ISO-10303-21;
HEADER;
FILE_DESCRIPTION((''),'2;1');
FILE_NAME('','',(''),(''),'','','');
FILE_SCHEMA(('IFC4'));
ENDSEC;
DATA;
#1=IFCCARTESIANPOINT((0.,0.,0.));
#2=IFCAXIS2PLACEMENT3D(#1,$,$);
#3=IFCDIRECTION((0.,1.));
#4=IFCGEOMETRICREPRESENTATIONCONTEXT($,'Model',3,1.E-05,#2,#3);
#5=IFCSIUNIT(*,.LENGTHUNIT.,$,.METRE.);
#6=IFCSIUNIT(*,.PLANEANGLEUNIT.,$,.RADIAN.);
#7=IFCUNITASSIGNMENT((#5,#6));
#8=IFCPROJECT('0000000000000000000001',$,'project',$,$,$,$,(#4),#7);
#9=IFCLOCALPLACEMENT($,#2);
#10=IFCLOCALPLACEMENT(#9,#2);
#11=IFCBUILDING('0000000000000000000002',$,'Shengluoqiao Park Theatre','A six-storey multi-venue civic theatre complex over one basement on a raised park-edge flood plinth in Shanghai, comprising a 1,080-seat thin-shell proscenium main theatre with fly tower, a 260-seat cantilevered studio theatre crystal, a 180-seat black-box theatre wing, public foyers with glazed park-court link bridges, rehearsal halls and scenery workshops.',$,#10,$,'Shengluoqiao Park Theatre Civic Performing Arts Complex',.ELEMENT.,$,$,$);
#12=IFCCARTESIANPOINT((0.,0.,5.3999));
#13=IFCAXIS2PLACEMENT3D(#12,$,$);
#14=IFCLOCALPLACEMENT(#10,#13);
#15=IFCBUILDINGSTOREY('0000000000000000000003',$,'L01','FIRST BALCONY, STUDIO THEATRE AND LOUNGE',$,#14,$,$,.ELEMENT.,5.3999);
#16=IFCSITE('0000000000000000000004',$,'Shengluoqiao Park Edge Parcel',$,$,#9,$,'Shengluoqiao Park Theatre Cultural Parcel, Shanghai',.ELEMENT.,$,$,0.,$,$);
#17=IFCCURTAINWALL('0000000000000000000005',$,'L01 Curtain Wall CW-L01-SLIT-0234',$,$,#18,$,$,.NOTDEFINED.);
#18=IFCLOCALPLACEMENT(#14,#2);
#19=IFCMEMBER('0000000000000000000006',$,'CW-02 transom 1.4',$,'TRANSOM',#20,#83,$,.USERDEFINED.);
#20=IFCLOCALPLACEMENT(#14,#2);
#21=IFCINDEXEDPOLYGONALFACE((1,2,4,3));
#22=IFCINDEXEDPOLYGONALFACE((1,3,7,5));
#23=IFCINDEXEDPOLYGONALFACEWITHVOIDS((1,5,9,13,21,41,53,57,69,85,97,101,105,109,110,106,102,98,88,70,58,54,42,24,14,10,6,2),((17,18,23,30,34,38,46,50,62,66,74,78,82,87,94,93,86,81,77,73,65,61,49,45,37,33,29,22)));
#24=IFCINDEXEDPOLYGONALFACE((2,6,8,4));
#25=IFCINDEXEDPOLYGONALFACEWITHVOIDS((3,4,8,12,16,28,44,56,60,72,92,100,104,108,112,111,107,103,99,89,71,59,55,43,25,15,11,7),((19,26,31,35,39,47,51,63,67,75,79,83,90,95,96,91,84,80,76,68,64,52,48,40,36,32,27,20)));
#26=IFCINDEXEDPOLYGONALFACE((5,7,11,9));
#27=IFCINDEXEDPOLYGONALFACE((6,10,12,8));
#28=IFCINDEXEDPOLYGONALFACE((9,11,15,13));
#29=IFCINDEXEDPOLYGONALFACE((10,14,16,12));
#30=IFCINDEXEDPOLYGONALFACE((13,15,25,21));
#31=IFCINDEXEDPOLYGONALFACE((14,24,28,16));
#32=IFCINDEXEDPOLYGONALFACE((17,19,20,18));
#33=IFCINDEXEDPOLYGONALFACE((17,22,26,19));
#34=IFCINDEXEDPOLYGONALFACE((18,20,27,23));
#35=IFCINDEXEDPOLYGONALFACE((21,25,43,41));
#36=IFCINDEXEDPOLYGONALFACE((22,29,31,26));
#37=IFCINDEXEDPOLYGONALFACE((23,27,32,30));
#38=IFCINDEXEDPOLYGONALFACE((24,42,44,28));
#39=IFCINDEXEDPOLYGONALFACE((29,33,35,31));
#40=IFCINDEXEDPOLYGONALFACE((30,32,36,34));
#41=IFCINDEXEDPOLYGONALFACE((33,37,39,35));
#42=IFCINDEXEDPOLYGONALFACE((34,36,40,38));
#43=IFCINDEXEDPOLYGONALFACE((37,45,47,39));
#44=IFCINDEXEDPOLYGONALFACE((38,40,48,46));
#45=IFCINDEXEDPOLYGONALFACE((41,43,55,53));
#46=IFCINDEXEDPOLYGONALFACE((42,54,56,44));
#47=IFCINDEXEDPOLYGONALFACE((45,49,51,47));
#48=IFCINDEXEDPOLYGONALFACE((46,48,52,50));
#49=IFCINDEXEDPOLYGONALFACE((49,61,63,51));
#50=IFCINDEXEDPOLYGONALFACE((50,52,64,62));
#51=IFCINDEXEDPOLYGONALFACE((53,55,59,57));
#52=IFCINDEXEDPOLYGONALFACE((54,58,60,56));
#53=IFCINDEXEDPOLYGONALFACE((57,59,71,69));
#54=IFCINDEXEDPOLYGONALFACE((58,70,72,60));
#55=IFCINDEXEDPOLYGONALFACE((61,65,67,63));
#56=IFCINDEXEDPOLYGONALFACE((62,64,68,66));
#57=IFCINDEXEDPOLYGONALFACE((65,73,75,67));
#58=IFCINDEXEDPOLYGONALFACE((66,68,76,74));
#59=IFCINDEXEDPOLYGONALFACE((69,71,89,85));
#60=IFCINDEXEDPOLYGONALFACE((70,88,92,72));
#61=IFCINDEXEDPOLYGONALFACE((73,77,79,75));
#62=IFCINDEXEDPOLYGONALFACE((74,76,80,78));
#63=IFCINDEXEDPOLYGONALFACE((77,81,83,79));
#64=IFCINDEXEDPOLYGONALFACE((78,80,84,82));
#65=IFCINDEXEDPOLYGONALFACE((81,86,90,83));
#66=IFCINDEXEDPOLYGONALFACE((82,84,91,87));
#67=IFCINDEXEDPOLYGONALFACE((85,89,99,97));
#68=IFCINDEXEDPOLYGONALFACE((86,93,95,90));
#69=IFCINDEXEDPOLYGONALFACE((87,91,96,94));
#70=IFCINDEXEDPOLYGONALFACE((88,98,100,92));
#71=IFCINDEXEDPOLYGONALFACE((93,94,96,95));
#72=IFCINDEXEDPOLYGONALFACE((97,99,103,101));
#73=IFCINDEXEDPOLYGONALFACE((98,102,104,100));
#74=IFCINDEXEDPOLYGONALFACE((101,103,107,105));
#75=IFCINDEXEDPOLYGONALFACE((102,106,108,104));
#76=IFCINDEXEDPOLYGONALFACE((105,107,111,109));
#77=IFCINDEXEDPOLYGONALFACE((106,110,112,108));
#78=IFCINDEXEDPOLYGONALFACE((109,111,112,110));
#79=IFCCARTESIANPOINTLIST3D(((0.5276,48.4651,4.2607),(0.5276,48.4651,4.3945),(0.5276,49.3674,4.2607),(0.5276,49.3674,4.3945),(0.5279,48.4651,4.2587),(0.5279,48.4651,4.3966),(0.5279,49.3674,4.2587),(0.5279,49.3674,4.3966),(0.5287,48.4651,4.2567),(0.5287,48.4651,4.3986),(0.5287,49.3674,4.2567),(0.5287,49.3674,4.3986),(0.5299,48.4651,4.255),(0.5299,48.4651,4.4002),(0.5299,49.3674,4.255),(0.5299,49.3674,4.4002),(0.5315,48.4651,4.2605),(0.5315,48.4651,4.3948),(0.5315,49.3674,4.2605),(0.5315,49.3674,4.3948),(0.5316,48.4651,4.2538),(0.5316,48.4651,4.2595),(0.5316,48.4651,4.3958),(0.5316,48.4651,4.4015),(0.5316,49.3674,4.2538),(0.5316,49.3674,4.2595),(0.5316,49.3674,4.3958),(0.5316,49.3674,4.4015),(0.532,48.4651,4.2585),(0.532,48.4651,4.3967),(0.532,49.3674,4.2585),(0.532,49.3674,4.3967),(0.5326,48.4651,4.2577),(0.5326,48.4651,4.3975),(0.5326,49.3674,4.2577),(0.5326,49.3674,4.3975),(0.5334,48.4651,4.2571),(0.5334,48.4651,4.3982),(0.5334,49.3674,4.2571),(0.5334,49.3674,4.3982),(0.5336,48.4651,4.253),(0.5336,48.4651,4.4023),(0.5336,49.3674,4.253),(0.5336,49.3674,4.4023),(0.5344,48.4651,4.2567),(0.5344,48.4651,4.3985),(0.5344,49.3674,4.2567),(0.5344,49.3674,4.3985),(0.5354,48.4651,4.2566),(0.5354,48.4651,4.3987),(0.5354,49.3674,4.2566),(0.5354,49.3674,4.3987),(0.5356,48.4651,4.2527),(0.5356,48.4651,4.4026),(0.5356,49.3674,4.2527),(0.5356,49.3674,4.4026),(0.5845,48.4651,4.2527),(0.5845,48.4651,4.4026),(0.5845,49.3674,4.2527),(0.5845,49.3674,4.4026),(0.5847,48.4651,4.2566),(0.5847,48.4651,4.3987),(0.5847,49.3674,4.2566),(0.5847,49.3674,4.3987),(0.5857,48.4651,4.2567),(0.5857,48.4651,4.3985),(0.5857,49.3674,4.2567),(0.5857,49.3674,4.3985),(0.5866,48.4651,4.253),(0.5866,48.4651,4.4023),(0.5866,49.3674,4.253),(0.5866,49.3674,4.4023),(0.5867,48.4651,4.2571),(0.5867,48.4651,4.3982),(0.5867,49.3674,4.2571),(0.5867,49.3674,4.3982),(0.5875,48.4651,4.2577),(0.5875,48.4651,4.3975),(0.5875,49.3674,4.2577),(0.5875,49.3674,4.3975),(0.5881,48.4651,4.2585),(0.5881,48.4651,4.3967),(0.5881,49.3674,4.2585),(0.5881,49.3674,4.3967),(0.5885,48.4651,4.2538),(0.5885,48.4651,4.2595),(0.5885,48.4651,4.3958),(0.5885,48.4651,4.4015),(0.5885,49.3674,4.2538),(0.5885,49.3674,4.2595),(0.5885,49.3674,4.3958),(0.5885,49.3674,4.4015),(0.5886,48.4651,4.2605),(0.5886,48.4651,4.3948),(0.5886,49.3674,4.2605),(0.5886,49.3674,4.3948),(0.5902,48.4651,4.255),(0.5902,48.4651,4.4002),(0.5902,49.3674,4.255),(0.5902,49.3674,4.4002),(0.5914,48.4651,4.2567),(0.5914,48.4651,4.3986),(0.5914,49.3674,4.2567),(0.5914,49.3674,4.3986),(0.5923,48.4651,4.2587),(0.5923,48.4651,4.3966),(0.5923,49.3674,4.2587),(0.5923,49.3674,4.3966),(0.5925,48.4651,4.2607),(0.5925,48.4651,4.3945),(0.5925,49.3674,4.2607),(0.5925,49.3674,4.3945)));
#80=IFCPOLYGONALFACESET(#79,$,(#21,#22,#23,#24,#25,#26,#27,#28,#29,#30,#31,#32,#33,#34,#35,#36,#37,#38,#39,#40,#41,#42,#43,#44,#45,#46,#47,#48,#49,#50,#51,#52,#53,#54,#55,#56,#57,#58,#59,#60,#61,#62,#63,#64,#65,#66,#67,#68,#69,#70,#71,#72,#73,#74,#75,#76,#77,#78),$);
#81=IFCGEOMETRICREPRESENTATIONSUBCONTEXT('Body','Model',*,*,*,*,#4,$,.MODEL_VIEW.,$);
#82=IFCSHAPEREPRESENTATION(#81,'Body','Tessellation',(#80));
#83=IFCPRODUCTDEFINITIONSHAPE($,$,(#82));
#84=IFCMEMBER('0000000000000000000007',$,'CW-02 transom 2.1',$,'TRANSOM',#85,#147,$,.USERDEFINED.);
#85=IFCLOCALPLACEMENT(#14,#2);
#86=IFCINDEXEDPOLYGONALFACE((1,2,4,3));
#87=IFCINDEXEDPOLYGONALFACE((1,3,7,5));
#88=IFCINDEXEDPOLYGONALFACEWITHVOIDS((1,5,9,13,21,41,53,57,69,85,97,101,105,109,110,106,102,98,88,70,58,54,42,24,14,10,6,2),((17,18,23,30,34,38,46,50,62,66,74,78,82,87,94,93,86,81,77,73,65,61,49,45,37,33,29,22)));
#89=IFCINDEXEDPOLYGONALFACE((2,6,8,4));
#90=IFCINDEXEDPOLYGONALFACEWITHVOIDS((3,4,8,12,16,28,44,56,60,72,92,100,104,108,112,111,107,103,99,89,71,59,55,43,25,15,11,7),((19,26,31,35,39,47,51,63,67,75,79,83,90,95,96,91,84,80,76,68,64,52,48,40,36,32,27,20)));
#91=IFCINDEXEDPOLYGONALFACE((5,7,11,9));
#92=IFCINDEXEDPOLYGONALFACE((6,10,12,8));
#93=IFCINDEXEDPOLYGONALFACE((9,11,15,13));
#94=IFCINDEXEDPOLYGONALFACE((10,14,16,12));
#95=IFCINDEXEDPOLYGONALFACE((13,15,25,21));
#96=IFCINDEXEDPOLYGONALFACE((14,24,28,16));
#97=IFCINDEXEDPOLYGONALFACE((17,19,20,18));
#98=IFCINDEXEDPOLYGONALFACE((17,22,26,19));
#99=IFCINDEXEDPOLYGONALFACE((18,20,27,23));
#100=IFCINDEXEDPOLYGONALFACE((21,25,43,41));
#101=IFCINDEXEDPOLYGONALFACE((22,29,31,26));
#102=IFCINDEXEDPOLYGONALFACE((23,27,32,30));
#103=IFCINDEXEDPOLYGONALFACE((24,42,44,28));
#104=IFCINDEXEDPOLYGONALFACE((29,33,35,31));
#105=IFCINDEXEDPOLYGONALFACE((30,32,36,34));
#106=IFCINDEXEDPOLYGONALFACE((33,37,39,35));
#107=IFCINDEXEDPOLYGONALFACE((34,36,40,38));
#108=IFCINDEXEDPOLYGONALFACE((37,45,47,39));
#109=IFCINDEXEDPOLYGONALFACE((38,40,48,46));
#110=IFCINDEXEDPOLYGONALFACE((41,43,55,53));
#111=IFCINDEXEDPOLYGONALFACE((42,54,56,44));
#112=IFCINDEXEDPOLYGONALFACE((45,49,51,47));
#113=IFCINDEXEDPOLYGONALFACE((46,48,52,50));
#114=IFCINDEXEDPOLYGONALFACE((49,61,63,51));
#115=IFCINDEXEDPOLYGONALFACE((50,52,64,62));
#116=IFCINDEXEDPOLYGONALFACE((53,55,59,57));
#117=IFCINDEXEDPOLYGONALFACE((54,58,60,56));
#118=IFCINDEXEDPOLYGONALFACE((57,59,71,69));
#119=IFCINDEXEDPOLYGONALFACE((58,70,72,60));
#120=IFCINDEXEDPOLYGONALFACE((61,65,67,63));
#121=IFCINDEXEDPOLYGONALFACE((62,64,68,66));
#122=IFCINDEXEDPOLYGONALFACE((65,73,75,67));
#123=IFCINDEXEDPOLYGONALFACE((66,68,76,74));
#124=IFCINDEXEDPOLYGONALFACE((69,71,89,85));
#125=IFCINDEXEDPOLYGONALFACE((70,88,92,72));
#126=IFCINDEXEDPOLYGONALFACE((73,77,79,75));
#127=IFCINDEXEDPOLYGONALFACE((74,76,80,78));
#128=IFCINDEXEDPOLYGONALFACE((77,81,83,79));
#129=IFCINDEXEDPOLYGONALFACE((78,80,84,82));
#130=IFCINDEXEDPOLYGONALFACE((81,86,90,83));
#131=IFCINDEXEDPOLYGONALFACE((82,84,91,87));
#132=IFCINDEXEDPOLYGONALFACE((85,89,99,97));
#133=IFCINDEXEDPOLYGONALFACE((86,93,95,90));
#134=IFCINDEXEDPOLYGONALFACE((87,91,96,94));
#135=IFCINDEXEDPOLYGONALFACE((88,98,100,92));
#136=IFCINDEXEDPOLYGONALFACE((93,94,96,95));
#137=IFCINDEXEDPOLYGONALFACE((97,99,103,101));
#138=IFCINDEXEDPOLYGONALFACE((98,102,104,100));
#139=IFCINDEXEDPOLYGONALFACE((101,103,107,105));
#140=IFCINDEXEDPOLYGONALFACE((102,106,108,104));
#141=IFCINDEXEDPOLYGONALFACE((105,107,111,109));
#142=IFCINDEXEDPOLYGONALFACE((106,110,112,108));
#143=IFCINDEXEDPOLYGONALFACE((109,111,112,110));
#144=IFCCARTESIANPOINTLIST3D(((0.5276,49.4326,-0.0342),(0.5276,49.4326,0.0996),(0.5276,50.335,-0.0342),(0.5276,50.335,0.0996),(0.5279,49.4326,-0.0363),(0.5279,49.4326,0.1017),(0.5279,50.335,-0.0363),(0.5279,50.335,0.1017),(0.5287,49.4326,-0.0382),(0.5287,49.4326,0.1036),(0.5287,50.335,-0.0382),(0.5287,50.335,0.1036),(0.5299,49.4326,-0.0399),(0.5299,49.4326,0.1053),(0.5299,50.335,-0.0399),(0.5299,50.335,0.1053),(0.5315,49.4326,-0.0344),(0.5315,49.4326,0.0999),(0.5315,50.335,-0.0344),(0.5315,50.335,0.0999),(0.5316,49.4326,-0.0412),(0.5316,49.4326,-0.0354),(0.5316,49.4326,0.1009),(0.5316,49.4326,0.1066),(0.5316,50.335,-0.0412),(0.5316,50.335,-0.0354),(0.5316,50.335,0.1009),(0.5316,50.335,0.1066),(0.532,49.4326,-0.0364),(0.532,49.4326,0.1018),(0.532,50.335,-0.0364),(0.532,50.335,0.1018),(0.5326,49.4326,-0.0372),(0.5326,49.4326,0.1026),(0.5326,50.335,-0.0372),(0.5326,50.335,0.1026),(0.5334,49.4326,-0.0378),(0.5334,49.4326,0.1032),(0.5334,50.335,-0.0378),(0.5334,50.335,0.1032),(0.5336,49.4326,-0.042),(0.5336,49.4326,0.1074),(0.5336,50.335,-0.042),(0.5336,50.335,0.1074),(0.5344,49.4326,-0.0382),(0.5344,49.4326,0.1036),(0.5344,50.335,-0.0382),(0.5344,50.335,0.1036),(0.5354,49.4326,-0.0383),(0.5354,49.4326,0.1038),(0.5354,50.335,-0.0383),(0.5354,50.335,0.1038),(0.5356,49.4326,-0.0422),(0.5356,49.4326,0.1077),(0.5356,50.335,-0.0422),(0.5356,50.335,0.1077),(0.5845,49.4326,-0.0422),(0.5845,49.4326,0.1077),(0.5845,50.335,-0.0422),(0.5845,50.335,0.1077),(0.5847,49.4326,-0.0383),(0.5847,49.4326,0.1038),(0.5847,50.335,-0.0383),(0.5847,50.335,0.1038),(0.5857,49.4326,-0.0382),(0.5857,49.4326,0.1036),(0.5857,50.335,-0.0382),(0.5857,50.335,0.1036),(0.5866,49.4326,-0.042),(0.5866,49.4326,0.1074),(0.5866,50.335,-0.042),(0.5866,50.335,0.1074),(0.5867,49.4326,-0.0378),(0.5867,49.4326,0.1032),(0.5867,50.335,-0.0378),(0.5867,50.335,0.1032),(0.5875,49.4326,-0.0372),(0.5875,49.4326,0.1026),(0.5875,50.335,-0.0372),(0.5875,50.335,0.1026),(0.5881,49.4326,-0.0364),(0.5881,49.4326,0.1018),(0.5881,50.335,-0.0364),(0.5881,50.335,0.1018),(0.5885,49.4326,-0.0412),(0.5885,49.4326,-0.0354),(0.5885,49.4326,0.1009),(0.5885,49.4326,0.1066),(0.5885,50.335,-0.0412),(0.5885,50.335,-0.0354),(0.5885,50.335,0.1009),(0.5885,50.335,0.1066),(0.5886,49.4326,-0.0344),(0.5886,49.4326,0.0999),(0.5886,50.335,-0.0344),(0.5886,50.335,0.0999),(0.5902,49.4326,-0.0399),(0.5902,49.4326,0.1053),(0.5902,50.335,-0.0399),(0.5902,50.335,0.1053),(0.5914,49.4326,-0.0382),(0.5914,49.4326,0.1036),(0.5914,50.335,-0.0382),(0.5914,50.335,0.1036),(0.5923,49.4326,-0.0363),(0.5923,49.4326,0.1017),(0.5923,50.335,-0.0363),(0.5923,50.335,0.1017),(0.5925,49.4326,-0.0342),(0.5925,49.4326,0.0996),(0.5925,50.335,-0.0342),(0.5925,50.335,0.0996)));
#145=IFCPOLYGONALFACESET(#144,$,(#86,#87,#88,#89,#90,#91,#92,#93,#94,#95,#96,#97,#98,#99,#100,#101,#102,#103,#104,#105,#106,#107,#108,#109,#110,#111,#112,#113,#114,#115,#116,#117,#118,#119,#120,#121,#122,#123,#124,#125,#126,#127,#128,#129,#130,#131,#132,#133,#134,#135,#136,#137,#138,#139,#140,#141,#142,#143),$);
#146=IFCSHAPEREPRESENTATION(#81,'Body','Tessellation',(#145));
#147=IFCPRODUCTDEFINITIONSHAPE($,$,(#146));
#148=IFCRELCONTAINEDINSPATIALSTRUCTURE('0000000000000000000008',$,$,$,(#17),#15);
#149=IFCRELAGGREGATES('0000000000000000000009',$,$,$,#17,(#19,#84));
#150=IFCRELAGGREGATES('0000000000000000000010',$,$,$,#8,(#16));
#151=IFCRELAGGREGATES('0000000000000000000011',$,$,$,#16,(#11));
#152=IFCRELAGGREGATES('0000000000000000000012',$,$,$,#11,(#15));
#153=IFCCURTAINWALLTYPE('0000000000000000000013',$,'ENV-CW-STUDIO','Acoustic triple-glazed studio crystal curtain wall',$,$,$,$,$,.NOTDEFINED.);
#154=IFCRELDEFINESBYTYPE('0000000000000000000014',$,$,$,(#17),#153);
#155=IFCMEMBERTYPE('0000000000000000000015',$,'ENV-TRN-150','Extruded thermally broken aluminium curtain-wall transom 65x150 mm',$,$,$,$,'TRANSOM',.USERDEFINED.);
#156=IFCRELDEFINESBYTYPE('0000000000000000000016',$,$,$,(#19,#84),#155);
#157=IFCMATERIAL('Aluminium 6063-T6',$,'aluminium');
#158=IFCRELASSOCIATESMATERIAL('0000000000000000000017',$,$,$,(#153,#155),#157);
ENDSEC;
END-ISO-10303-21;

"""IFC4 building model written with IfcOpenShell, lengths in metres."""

from ifc_helpers import new_model, si_unit, direction, frame, origin, origin_2d, place, context, subcontext, project, spatial, hollow_rectangle, extrude, material, material_profile, profile_set, type_object, element, aggregate, save


model = new_model("IFC4")

# Units and contexts
model_context = context("Model", 3, precision=1e-05, world=origin(), true_north=direction((0.0, 1.0)))
body_context = subcontext(model_context, "Body", "Model", "MODEL_VIEW")
ifc_project = project(units=[si_unit("LENGTHUNIT", "METRE"), si_unit("PLANEANGLEUNIT", "RADIAN")], contexts=[model_context])

# Site, building, storey
site_placement = place(None, origin())
site = spatial("IfcSite", under=ifc_project, at=site_placement, Name="Shengluoqiao Park Edge Parcel", LongName="Shengluoqiao Park Theatre Cultural Parcel, Shanghai", CompositionType="ELEMENT", RefElevation=0.0)
building_placement = place(site_placement, origin())
building = spatial("IfcBuilding", under=site, at=building_placement, Name="Shengluoqiao Park Theatre", Description="A six-storey multi-venue civic theatre complex over one basement on a raised park-edge flood plinth in Shanghai, comprising a 1,080-seat thin-shell proscenium main theatre with fly tower, a 260-seat cantilevered studio theatre crystal, a 180-seat black-box theatre wing, public foyers with glazed park-court link bridges, rehearsal halls and scenery workshops.", LongName="Shengluoqiao Park Theatre Civic Performing Arts Complex", CompositionType="ELEMENT")
storey_placement = place(building_placement, frame((0.0, 0.0, 5.3999)))
storey = spatial("IfcBuildingStorey", under=building, at=storey_placement, Name="L01", Description="FIRST BALCONY, STUDIO THEATRE AND LOUNGE", CompositionType="ELEMENT", Elevation=5.3999)

# Curtain wall, members
ifc_material_1 = material(Name="Aluminium 6063-T6", Category="aluminium")
curtain_wall_type = type_object("IfcCurtainWallType", Name="ENV-CW-STUDIO", Description="Acoustic triple-glazed studio crystal curtain wall", PredefinedType="NOTDEFINED", material=ifc_material_1)
curtain_wall_placement = place(storey_placement, origin())
curtain_wall = element("IfcCurtainWall", 1, at=curtain_wall_placement, inside=storey, type_object=curtain_wall_type, Name="L01 Curtain Wall CW-L01-SLIT-0234", PredefinedType="NOTDEFINED")
ifc_material_profile_1 = material_profile(ifc_material_1, hollow_rectangle(XDim=0.0649, YDim=0.1499, WallThickness=0.0039, InnerFilletRadius=0.0039, OuterFilletRadius=0.0081, at=origin_2d()), Name="ALU TRANSOM 150x65x4")
ifc_profile_set_1 = profile_set([ifc_material_profile_1], Name="Aluminium 6063-T6")
member_type_1 = type_object("IfcMemberType", Name="ENV-TRN-150", Description="Extruded thermally broken aluminium curtain-wall transom 65x150 mm", ElementType="TRANSOM", PredefinedType="USERDEFINED", material=ifc_profile_set_1)
member_1_placement = place(storey_placement, frame((0.5601, 48.4651, 4.3276), z_axis=(0.0, 1.0, 0.0), x_axis=(-1.0, 0.0, 0.0)))
member_1 = element("IfcMember", 2, at=member_1_placement, type_object=member_type_1, Name="CW-02 transom 1.4", ObjectType="TRANSOM", PredefinedType="USERDEFINED", context=body_context, shape_type="SweptSolid", body=[
    extrude(hollow_rectangle(XDim=0.0649, YDim=0.1499, WallThickness=0.0039, InnerFilletRadius=0.0039, OuterFilletRadius=0.0081, at=origin_2d()), origin(), (0.0, 0.0, 1.0), 0.9023),
])
member_2_placement = place(storey_placement, frame((0.5601, 49.4326, 0.0327), z_axis=(0.0, 1.0, 0.0), x_axis=(-1.0, 0.0, 0.0)))
member_2 = element("IfcMember", 3, at=member_2_placement, type_object=member_type_1, Name="CW-02 transom 2.1", ObjectType="TRANSOM", PredefinedType="USERDEFINED", context=body_context, shape_type="SweptSolid", body=[
    extrude(hollow_rectangle(XDim=0.0649, YDim=0.1499, WallThickness=0.0039, InnerFilletRadius=0.0039, OuterFilletRadius=0.0081, at=origin_2d()), origin(), (0.0, 0.0, 1.0), 0.9023),
])

aggregate(curtain_wall, [member_1, member_2])

save(model, "model.ifc")
